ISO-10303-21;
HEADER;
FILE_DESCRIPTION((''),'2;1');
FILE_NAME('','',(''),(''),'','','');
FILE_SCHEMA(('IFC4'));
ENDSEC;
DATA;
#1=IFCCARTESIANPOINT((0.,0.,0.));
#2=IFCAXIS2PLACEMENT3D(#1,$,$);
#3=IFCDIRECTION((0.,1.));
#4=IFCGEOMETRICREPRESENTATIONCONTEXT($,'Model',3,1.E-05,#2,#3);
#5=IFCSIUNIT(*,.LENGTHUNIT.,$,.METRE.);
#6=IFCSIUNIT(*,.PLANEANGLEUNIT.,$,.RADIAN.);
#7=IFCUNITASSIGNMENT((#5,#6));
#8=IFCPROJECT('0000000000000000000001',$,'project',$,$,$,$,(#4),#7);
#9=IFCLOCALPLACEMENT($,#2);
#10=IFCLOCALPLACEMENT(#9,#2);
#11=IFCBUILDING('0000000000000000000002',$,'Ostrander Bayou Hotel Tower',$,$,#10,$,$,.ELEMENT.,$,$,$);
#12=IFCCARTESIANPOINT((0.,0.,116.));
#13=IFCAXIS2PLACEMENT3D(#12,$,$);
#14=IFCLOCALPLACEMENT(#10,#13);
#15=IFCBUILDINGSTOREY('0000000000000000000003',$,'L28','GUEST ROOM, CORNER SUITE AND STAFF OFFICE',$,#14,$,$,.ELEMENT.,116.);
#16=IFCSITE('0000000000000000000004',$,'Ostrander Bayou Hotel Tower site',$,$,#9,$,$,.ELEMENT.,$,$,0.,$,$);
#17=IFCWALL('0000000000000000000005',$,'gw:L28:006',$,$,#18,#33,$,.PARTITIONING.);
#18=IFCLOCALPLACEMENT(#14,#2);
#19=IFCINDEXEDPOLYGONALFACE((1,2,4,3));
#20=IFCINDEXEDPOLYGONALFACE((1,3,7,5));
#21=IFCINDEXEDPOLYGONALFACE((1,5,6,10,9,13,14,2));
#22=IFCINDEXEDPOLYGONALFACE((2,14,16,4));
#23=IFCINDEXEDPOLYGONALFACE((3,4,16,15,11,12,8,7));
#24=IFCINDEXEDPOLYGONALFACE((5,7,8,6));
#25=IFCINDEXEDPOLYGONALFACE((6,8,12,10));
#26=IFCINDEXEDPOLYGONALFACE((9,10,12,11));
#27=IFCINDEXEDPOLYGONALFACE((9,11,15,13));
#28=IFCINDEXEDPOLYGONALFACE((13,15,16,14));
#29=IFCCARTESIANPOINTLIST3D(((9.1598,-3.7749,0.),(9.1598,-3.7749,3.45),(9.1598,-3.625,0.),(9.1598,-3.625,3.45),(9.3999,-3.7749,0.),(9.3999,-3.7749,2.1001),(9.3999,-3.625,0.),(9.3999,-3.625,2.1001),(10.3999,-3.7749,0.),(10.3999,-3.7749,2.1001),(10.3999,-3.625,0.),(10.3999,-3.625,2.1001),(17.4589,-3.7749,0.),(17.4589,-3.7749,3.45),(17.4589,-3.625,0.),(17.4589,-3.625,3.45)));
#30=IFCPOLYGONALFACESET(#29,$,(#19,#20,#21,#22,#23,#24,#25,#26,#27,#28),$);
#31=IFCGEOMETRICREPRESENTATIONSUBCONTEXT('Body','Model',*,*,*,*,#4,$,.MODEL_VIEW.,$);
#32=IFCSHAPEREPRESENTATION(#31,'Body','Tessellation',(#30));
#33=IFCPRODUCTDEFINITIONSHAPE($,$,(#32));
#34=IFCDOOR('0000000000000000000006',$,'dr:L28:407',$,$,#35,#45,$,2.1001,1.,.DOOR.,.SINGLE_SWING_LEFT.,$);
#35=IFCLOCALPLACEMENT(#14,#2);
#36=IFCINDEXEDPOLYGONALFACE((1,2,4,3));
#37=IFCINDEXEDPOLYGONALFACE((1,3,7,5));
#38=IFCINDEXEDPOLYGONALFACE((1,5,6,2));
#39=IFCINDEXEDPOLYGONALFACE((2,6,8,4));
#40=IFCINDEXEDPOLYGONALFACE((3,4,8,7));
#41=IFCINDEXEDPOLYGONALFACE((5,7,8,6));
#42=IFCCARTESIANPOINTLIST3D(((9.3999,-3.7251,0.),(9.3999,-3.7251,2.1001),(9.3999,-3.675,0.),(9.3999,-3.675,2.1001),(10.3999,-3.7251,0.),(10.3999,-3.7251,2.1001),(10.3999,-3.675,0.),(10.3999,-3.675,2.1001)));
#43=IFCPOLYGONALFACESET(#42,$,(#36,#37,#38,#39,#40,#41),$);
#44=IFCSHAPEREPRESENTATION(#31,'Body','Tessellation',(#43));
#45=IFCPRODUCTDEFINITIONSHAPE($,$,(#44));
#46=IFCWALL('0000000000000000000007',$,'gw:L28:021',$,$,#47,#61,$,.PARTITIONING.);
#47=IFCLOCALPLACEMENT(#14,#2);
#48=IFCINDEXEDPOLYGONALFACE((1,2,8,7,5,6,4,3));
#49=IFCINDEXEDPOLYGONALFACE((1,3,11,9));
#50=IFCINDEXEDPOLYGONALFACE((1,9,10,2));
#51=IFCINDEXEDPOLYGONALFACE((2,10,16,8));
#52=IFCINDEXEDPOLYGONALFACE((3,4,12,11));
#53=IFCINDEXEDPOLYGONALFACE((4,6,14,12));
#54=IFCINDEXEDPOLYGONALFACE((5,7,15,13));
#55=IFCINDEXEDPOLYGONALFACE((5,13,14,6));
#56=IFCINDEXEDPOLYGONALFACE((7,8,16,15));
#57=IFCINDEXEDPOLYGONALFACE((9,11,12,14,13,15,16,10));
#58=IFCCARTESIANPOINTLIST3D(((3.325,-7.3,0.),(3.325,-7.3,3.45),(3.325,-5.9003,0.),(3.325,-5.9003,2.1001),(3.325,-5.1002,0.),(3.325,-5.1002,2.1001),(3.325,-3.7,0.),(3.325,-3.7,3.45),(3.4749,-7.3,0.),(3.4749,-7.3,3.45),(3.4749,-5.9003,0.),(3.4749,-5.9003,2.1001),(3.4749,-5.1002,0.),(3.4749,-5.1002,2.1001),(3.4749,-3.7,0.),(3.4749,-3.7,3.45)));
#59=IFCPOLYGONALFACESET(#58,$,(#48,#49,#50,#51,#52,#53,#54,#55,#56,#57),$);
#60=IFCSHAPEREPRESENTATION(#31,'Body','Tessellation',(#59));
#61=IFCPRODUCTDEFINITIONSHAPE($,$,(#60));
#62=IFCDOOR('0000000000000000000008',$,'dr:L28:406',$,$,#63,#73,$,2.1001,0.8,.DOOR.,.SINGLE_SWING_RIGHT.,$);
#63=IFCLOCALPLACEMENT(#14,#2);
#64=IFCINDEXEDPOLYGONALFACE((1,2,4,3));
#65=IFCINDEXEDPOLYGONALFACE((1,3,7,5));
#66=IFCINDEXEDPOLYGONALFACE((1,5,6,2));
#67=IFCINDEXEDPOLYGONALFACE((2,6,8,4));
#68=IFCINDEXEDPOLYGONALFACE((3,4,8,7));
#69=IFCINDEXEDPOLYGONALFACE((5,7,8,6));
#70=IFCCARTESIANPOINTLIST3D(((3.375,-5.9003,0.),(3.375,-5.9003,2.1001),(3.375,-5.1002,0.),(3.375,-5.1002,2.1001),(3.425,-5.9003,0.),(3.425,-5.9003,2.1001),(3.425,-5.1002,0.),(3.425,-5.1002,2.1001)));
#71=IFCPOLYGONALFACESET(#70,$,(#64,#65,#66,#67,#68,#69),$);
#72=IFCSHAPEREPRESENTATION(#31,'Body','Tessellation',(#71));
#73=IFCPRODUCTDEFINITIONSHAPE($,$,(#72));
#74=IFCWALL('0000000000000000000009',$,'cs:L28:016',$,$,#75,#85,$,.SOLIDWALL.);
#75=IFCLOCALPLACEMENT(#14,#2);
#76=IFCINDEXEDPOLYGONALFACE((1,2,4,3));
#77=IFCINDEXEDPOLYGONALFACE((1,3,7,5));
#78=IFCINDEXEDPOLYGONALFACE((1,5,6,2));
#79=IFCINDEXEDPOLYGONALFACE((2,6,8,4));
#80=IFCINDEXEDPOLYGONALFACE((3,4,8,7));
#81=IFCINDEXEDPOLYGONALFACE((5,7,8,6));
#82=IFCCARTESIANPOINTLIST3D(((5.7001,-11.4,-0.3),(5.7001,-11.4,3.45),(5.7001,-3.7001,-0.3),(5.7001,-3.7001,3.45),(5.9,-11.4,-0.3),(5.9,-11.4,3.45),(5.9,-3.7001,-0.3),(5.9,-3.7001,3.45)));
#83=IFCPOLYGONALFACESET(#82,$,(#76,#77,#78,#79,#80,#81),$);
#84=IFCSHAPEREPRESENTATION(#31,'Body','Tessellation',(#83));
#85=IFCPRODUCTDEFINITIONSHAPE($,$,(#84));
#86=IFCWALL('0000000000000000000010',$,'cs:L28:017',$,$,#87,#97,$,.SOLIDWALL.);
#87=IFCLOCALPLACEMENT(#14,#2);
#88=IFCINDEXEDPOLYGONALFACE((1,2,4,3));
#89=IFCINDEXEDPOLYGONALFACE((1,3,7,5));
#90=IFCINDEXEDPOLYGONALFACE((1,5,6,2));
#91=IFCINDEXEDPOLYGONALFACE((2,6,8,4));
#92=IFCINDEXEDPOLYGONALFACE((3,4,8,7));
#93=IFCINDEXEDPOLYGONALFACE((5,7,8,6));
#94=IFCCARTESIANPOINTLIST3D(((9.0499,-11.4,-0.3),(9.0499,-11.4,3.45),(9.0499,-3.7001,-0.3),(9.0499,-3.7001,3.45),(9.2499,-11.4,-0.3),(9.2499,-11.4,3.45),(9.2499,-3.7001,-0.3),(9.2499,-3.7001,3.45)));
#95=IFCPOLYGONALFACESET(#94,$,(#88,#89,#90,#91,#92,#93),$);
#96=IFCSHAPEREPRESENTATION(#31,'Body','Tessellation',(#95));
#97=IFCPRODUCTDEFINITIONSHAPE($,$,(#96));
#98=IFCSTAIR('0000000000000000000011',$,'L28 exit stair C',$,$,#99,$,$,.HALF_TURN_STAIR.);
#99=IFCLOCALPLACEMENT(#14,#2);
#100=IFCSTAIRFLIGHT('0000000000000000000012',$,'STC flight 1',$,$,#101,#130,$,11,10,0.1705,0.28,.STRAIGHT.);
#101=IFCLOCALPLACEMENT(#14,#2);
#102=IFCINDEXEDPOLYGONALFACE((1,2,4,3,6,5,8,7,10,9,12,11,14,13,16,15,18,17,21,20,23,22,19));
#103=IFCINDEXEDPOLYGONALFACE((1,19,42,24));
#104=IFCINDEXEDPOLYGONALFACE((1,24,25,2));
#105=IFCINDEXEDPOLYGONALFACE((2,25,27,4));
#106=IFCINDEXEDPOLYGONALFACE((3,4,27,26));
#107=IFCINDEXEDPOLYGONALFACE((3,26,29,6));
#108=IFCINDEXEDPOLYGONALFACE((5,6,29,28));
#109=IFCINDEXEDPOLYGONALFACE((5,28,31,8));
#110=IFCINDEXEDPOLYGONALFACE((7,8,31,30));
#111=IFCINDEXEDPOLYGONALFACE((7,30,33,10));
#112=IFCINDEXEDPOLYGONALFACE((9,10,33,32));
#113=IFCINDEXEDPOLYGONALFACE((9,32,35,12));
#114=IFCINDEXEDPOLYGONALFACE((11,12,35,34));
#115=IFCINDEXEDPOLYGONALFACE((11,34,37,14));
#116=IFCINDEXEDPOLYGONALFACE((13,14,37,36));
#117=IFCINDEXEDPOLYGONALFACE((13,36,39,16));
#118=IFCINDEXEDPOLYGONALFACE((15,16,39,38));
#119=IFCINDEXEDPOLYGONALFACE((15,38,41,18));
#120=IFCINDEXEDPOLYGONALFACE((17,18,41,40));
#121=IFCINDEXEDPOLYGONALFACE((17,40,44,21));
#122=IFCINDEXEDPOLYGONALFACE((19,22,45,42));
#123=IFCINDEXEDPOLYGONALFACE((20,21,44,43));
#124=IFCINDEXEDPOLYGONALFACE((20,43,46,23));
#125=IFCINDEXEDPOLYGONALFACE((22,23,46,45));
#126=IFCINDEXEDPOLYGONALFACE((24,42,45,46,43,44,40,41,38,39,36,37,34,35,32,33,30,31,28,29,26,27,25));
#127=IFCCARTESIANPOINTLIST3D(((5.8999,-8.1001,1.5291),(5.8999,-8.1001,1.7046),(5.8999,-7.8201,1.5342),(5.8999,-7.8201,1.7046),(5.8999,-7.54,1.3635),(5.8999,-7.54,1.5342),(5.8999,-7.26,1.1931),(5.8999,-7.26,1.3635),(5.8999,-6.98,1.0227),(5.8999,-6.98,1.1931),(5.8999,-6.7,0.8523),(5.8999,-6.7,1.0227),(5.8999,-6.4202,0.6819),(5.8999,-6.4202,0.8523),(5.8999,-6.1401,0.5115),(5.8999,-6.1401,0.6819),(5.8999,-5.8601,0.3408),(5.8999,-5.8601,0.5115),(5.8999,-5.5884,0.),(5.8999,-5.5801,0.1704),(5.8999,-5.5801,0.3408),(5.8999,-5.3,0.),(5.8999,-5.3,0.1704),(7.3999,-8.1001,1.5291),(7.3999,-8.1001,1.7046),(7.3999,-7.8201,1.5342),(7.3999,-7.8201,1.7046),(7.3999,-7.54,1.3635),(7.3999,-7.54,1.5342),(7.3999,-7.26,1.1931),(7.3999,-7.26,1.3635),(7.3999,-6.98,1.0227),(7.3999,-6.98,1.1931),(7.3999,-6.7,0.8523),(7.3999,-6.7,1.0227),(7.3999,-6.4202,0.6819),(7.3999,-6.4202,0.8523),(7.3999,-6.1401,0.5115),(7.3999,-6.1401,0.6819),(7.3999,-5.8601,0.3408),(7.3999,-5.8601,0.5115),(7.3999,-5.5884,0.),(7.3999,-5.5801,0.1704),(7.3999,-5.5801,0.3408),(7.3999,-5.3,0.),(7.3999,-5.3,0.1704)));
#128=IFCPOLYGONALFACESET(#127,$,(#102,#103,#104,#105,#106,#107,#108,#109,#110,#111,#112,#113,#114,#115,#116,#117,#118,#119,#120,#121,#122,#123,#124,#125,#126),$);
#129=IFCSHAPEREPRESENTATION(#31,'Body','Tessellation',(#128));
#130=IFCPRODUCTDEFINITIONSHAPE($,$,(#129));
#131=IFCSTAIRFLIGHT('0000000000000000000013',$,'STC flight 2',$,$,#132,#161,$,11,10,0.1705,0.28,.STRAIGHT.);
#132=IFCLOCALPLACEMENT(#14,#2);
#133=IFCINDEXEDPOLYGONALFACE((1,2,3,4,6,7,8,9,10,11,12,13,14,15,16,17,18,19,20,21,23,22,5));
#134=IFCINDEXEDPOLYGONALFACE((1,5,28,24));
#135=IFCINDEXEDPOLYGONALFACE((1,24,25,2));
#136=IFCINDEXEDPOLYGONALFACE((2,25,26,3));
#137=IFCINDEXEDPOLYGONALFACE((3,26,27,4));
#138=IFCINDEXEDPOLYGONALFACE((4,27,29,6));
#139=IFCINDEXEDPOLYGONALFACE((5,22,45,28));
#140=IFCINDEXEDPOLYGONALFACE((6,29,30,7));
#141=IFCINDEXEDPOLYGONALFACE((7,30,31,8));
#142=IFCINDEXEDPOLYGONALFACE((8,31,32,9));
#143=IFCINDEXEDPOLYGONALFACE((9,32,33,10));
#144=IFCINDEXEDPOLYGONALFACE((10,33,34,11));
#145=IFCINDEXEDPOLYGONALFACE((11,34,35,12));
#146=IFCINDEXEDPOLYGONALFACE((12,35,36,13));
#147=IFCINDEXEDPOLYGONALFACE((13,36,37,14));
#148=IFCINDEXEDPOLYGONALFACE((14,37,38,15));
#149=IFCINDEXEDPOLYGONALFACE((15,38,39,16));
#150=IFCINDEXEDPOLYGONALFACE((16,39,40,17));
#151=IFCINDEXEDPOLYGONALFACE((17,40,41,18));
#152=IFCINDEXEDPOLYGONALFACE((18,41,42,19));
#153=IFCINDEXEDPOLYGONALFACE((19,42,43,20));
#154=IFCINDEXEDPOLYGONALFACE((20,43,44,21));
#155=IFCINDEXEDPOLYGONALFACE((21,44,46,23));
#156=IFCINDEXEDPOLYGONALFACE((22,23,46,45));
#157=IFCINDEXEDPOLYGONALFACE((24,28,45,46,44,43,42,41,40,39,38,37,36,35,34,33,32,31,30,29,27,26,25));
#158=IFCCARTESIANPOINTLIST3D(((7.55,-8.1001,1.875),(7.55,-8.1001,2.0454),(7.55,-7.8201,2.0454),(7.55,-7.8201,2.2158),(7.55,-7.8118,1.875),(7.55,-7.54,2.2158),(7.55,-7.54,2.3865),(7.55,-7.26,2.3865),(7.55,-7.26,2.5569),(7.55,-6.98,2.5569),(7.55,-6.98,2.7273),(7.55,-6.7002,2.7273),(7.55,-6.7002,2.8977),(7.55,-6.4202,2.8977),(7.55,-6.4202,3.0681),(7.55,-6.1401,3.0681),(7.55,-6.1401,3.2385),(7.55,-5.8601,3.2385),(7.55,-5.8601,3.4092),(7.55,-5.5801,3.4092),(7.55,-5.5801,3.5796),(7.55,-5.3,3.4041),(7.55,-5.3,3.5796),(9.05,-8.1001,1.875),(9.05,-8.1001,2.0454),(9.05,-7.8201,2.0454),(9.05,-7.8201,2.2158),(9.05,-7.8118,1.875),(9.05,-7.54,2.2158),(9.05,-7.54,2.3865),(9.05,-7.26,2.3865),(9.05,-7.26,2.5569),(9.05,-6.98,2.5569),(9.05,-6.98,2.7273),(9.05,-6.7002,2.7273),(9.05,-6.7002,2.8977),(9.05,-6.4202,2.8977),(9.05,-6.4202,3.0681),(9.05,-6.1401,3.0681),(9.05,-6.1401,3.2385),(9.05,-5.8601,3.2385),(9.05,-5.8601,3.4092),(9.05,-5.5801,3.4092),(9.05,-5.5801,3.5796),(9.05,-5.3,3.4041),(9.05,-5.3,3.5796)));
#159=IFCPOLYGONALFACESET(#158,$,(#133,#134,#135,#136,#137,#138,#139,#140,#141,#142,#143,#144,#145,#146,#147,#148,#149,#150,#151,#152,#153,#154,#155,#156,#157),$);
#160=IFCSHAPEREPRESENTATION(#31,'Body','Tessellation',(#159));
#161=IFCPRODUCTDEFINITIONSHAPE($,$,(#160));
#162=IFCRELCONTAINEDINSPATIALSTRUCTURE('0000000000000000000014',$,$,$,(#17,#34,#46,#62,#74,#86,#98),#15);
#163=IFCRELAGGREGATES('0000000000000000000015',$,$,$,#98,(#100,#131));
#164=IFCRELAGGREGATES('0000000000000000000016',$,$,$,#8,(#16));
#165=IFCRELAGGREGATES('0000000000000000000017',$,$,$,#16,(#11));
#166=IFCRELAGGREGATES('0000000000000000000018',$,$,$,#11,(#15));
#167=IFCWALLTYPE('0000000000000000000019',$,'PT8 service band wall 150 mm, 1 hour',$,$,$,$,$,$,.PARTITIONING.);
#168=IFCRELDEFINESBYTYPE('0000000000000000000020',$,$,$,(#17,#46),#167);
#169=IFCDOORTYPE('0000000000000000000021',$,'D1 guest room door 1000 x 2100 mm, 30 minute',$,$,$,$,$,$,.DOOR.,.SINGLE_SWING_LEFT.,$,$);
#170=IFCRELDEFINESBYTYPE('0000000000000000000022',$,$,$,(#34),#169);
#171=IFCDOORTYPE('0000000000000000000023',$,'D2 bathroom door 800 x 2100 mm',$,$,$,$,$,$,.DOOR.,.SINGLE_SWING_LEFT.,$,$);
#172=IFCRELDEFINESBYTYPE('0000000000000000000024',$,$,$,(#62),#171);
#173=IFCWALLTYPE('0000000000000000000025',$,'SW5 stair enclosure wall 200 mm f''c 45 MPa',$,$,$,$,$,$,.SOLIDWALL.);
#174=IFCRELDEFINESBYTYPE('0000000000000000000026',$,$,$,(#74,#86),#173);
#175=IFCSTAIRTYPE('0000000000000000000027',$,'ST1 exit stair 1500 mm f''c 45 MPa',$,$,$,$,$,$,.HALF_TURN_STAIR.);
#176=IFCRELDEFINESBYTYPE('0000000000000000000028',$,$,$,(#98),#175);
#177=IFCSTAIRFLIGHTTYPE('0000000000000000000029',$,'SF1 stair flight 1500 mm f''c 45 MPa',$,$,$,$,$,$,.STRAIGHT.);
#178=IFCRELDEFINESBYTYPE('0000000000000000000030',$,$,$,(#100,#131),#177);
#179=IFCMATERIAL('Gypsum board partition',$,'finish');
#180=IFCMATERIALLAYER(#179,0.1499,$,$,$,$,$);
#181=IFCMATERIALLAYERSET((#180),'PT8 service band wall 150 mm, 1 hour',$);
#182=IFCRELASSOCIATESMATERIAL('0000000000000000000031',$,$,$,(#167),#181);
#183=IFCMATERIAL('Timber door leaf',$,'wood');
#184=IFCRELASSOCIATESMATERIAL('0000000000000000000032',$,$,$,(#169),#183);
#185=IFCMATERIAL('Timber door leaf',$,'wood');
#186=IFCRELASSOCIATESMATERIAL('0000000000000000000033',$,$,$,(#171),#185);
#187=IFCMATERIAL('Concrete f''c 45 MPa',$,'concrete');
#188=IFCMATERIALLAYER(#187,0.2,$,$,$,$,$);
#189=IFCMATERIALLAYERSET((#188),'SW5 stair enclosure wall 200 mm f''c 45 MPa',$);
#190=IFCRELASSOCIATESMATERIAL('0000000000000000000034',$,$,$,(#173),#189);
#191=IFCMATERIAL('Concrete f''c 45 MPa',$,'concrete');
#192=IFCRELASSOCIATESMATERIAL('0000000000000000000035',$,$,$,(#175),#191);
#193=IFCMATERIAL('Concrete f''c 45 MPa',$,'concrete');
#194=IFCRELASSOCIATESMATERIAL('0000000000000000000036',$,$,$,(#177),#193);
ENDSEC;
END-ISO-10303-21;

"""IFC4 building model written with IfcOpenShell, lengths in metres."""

from ifc_helpers import new_model, si_unit, direction, frame, frame_2d, origin, place, context, subcontext, project, spatial, polyline, rectangle, outline, extrude, material, layer, layer_set, type_object, element, fill, aggregate, save


model = new_model("IFC4")

# Units and contexts
model_context = context("Model", 3, precision=1e-05, world=origin(), true_north=direction((0.0, 1.0)))
body_context = subcontext(model_context, "Body", "Model", "MODEL_VIEW")
ifc_project = project(units=[si_unit("LENGTHUNIT", "METRE"), si_unit("PLANEANGLEUNIT", "RADIAN")], contexts=[model_context])

# Site, building, storey
site_placement = place(None, origin())
site = spatial("IfcSite", under=ifc_project, at=site_placement, Name="Ostrander Bayou Hotel Tower site", CompositionType="ELEMENT", RefElevation=0.0)
building_placement = place(site_placement, origin())
building = spatial("IfcBuilding", under=site, at=building_placement, Name="Ostrander Bayou Hotel Tower", CompositionType="ELEMENT")
storey_placement = place(building_placement, frame((0.0, 0.0, 116.0)))
storey = spatial("IfcBuildingStorey", under=building, at=storey_placement, Name="L28", Description="GUEST ROOM, CORNER SUITE AND STAFF OFFICE", CompositionType="ELEMENT", Elevation=116.0)

# Walls, openings, doors
ifc_material_1 = material(Name="Gypsum board partition", Category="finish")
ifc_layer_1 = layer(ifc_material_1, 0.1499)
ifc_layer_set_1 = layer_set([ifc_layer_1], Name="PT8 service band wall 150 mm, 1 hour")
wall_type_1 = type_object("IfcWallType", Name="PT8 service band wall 150 mm, 1 hour", PredefinedType="PARTITIONING", material=ifc_layer_set_1)
wall_1_placement = place(storey_placement, frame((9.1599, -3.7, 0.0), z_axis=(0.0, 0.0, 1.0), x_axis=(1.0, 0.0, 0.0)))
wall_1 = element("IfcWall", 1, at=wall_1_placement, inside=storey, type_object=wall_type_1, Name="gw:L28:006", PredefinedType="PARTITIONING", context=body_context, shape_type="SweptSolid", body=[
    extrude(rectangle(XDim=8.2991, YDim=0.1499, at=frame_2d((4.1494, 0.0))), origin(), (0.0, 0.0, 1.0), 3.45),
])
opening_1_placement = place(wall_1_placement, frame((0.24, 0.0, 0.0)))
opening_1 = element("IfcOpeningElement", 2, at=opening_1_placement, cuts=wall_1, PredefinedType="OPENING", context=body_context, shape_type="SweptSolid", body=[
    extrude(rectangle(XDim=1.0, YDim=2.1001, at=frame_2d((0.5, 1.05))), frame((0.0, 0.075, 0.0), z_axis=(0.0, -1.0, 0.0), x_axis=(1.0, 0.0, 0.0)), (0.0, 0.0, 1.0), 0.1499),
])
ifc_material_2 = material(Name="Timber door leaf", Category="wood")
door_type_1 = type_object("IfcDoorType", Name="D1 guest room door 1000 x 2100 mm, 30 minute", OperationType="SINGLE_SWING_LEFT", PredefinedType="DOOR", material=ifc_material_2)
door_1_placement = place(opening_1_placement, origin())
door_1 = element("IfcDoor", 3, at=door_1_placement, inside=storey, type_object=door_type_1, Name="dr:L28:407", OperationType="SINGLE_SWING_LEFT", OverallHeight=2.1001, OverallWidth=1.0, PredefinedType="DOOR", context=body_context, shape_type="SweptSolid", body=[
    extrude(rectangle(XDim=1.0, YDim=2.1001, at=frame_2d((0.5, 1.05))), frame((0.0, 0.0249, 0.0), z_axis=(0.0, -1.0, 0.0), x_axis=(1.0, 0.0, 0.0)), (0.0, 0.0, 1.0), 0.05),
])
fill(opening_1, door_1)
wall_2_placement = place(storey_placement, frame((3.3999, -7.3, 0.0), z_axis=(0.0, 0.0, 1.0), x_axis=(0.0, 1.0, 0.0)))
wall_2 = element("IfcWall", 4, at=wall_2_placement, inside=storey, type_object=wall_type_1, Name="gw:L28:021", PredefinedType="PARTITIONING", context=body_context, shape_type="SweptSolid", body=[
    extrude(rectangle(XDim=3.6001, YDim=0.1499, at=frame_2d((1.8, 0.0))), origin(), (0.0, 0.0, 1.0), 3.45),
])
opening_2_placement = place(wall_2_placement, frame((1.3999, 0.0, 0.0)))
opening_2 = element("IfcOpeningElement", 5, at=opening_2_placement, cuts=wall_2, PredefinedType="OPENING", context=body_context, shape_type="SweptSolid", body=[
    extrude(rectangle(XDim=0.8, YDim=2.1001, at=frame_2d((0.3999, 1.05))), frame((0.0, 0.075, 0.0), z_axis=(0.0, -1.0, 0.0), x_axis=(1.0, 0.0, 0.0)), (0.0, 0.0, 1.0), 0.1499),
])
ifc_material_3 = material(Name="Timber door leaf", Category="wood")
door_type_2 = type_object("IfcDoorType", Name="D2 bathroom door 800 x 2100 mm", OperationType="SINGLE_SWING_LEFT", PredefinedType="DOOR", material=ifc_material_3)
door_2_placement = place(opening_2_placement, origin())
door_2 = element("IfcDoor", 6, at=door_2_placement, inside=storey, type_object=door_type_2, Name="dr:L28:406", OperationType="SINGLE_SWING_RIGHT", OverallHeight=2.1001, OverallWidth=0.8, PredefinedType="DOOR", context=body_context, shape_type="SweptSolid", body=[
    extrude(rectangle(XDim=0.8, YDim=2.1001, at=frame_2d((0.3999, 1.05))), frame((0.0, 0.0249, 0.0), z_axis=(0.0, -1.0, 0.0), x_axis=(1.0, 0.0, 0.0)), (0.0, 0.0, 1.0), 0.05),
])
fill(opening_2, door_2)
ifc_material_4 = material(Name="Concrete f'c 45 MPa", Category="concrete")
ifc_layer_2 = layer(ifc_material_4, 0.2)
ifc_layer_set_2 = layer_set([ifc_layer_2], Name="SW5 stair enclosure wall 200 mm f'c 45 MPa")
wall_type_2 = type_object("IfcWallType", Name="SW5 stair enclosure wall 200 mm f'c 45 MPa", PredefinedType="SOLIDWALL", material=ifc_layer_set_2)

# Walls
for number, where, z_axis, x_axis, name in (
    (7, (5.8, -3.7, -0.3), (0.0, 0.0, 1.0), (0.0, -1.0, 0.0), "cs:L28:016"),
    (8, (9.1499, -3.7, -0.3), (0.0, 0.0, 1.0), (0.0, -1.0, 0.0), "cs:L28:017"),
):
    element("IfcWall", number, at=place(storey_placement, frame(where, z_axis=z_axis, x_axis=x_axis)), inside=storey, type_object=wall_type_2, Name=name, PredefinedType="SOLIDWALL", context=body_context, shape_type="SweptSolid", body=[
        extrude(rectangle(XDim=7.7, YDim=0.2, at=frame_2d((3.8501, 0.0))), origin(), (0.0, 0.0, 1.0), 3.75),
    ])

# Stair, stair flights
ifc_material_5 = material(Name="Concrete f'c 45 MPa", Category="concrete")
stair_type = type_object("IfcStairType", Name="ST1 exit stair 1500 mm f'c 45 MPa", PredefinedType="HALF_TURN_STAIR", material=ifc_material_5)
stair_placement = place(storey_placement, origin())
stair = element("IfcStair", 9, at=stair_placement, inside=storey, type_object=stair_type, Name="L28 exit stair C", PredefinedType="HALF_TURN_STAIR")
ifc_material_6 = material(Name="Concrete f'c 45 MPa", Category="concrete")
stair_flight_type = type_object("IfcStairFlightType", Name="SF1 stair flight 1500 mm f'c 45 MPa", PredefinedType="STRAIGHT", material=ifc_material_6)
stair_flight_1_placement = place(storey_placement, frame((6.6499, -5.3, 0.0), z_axis=(0.0, 0.0, 1.0), x_axis=(0.0, -1.0, 0.0)))
stair_flight_1 = element("IfcStairFlight", 10, at=stair_flight_1_placement, type_object=stair_flight_type, Name="STC flight 1", NumberOfRisers=11, NumberOfTreads=10, PredefinedType="STRAIGHT", RiserHeight=0.1705, TreadLength=0.28, context=body_context, shape_type="SweptSolid", body=[
    extrude(outline(polyline([(0.0, 0.0), (0.0, 0.1704), (0.28, 0.1704), (0.28, 0.3408), (0.5601, 0.3408), (0.5601, 0.5115), (0.8401, 0.5115), (0.8401, 0.6819), (1.1201, 0.6819), (1.1201, 0.8523), (1.3999, 0.8523), (1.3999, 1.0227), (1.6799, 1.0227), (1.6799, 1.1931), (1.96, 1.1931), (1.96, 1.3635), (2.24, 1.3635), (2.24, 1.5342), (2.52, 1.5342), (2.52, 1.7046), (2.8, 1.7046), (2.8, 1.875), (2.8, 1.5291), (0.2883, 0.0), (0.0, 0.0)])), frame((0.0, 0.75, 0.0), z_axis=(0.0, -1.0, 0.0), x_axis=(1.0, 0.0, 0.0)), (0.0, 0.0, 1.0), 1.5),
])
stair_flight_2_placement = place(storey_placement, frame((8.3, -8.1001, 1.875), z_axis=(0.0, 0.0, 1.0), x_axis=(0.0, 1.0, 0.0)))
stair_flight_2 = element("IfcStairFlight", 11, at=stair_flight_2_placement, type_object=stair_flight_type, Name="STC flight 2", NumberOfRisers=11, NumberOfTreads=10, PredefinedType="STRAIGHT", RiserHeight=0.1705, TreadLength=0.28, context=body_context, shape_type="SweptSolid", body=[
    extrude(outline(polyline([(0.0, 0.0), (0.0, 0.1704), (0.28, 0.1704), (0.28, 0.3408), (0.5601, 0.3408), (0.5601, 0.5115), (0.8401, 0.5115), (0.8401, 0.6819), (1.1201, 0.6819), (1.1201, 0.8523), (1.3999, 0.8523), (1.3999, 1.0227), (1.6799, 1.0227), (1.6799, 1.1931), (1.96, 1.1931), (1.96, 1.3635), (2.24, 1.3635), (2.24, 1.5342), (2.52, 1.5342), (2.52, 1.7046), (2.8, 1.7046), (2.8, 1.875), (2.8, 1.5291), (0.2883, 0.0), (0.0, 0.0)])), frame((0.0, 0.75, 0.0), z_axis=(0.0, -1.0, 0.0), x_axis=(1.0, 0.0, 0.0)), (0.0, 0.0, 1.0), 1.5),
])
aggregate(stair, [stair_flight_1, stair_flight_2])

save(model, "model.ifc")
